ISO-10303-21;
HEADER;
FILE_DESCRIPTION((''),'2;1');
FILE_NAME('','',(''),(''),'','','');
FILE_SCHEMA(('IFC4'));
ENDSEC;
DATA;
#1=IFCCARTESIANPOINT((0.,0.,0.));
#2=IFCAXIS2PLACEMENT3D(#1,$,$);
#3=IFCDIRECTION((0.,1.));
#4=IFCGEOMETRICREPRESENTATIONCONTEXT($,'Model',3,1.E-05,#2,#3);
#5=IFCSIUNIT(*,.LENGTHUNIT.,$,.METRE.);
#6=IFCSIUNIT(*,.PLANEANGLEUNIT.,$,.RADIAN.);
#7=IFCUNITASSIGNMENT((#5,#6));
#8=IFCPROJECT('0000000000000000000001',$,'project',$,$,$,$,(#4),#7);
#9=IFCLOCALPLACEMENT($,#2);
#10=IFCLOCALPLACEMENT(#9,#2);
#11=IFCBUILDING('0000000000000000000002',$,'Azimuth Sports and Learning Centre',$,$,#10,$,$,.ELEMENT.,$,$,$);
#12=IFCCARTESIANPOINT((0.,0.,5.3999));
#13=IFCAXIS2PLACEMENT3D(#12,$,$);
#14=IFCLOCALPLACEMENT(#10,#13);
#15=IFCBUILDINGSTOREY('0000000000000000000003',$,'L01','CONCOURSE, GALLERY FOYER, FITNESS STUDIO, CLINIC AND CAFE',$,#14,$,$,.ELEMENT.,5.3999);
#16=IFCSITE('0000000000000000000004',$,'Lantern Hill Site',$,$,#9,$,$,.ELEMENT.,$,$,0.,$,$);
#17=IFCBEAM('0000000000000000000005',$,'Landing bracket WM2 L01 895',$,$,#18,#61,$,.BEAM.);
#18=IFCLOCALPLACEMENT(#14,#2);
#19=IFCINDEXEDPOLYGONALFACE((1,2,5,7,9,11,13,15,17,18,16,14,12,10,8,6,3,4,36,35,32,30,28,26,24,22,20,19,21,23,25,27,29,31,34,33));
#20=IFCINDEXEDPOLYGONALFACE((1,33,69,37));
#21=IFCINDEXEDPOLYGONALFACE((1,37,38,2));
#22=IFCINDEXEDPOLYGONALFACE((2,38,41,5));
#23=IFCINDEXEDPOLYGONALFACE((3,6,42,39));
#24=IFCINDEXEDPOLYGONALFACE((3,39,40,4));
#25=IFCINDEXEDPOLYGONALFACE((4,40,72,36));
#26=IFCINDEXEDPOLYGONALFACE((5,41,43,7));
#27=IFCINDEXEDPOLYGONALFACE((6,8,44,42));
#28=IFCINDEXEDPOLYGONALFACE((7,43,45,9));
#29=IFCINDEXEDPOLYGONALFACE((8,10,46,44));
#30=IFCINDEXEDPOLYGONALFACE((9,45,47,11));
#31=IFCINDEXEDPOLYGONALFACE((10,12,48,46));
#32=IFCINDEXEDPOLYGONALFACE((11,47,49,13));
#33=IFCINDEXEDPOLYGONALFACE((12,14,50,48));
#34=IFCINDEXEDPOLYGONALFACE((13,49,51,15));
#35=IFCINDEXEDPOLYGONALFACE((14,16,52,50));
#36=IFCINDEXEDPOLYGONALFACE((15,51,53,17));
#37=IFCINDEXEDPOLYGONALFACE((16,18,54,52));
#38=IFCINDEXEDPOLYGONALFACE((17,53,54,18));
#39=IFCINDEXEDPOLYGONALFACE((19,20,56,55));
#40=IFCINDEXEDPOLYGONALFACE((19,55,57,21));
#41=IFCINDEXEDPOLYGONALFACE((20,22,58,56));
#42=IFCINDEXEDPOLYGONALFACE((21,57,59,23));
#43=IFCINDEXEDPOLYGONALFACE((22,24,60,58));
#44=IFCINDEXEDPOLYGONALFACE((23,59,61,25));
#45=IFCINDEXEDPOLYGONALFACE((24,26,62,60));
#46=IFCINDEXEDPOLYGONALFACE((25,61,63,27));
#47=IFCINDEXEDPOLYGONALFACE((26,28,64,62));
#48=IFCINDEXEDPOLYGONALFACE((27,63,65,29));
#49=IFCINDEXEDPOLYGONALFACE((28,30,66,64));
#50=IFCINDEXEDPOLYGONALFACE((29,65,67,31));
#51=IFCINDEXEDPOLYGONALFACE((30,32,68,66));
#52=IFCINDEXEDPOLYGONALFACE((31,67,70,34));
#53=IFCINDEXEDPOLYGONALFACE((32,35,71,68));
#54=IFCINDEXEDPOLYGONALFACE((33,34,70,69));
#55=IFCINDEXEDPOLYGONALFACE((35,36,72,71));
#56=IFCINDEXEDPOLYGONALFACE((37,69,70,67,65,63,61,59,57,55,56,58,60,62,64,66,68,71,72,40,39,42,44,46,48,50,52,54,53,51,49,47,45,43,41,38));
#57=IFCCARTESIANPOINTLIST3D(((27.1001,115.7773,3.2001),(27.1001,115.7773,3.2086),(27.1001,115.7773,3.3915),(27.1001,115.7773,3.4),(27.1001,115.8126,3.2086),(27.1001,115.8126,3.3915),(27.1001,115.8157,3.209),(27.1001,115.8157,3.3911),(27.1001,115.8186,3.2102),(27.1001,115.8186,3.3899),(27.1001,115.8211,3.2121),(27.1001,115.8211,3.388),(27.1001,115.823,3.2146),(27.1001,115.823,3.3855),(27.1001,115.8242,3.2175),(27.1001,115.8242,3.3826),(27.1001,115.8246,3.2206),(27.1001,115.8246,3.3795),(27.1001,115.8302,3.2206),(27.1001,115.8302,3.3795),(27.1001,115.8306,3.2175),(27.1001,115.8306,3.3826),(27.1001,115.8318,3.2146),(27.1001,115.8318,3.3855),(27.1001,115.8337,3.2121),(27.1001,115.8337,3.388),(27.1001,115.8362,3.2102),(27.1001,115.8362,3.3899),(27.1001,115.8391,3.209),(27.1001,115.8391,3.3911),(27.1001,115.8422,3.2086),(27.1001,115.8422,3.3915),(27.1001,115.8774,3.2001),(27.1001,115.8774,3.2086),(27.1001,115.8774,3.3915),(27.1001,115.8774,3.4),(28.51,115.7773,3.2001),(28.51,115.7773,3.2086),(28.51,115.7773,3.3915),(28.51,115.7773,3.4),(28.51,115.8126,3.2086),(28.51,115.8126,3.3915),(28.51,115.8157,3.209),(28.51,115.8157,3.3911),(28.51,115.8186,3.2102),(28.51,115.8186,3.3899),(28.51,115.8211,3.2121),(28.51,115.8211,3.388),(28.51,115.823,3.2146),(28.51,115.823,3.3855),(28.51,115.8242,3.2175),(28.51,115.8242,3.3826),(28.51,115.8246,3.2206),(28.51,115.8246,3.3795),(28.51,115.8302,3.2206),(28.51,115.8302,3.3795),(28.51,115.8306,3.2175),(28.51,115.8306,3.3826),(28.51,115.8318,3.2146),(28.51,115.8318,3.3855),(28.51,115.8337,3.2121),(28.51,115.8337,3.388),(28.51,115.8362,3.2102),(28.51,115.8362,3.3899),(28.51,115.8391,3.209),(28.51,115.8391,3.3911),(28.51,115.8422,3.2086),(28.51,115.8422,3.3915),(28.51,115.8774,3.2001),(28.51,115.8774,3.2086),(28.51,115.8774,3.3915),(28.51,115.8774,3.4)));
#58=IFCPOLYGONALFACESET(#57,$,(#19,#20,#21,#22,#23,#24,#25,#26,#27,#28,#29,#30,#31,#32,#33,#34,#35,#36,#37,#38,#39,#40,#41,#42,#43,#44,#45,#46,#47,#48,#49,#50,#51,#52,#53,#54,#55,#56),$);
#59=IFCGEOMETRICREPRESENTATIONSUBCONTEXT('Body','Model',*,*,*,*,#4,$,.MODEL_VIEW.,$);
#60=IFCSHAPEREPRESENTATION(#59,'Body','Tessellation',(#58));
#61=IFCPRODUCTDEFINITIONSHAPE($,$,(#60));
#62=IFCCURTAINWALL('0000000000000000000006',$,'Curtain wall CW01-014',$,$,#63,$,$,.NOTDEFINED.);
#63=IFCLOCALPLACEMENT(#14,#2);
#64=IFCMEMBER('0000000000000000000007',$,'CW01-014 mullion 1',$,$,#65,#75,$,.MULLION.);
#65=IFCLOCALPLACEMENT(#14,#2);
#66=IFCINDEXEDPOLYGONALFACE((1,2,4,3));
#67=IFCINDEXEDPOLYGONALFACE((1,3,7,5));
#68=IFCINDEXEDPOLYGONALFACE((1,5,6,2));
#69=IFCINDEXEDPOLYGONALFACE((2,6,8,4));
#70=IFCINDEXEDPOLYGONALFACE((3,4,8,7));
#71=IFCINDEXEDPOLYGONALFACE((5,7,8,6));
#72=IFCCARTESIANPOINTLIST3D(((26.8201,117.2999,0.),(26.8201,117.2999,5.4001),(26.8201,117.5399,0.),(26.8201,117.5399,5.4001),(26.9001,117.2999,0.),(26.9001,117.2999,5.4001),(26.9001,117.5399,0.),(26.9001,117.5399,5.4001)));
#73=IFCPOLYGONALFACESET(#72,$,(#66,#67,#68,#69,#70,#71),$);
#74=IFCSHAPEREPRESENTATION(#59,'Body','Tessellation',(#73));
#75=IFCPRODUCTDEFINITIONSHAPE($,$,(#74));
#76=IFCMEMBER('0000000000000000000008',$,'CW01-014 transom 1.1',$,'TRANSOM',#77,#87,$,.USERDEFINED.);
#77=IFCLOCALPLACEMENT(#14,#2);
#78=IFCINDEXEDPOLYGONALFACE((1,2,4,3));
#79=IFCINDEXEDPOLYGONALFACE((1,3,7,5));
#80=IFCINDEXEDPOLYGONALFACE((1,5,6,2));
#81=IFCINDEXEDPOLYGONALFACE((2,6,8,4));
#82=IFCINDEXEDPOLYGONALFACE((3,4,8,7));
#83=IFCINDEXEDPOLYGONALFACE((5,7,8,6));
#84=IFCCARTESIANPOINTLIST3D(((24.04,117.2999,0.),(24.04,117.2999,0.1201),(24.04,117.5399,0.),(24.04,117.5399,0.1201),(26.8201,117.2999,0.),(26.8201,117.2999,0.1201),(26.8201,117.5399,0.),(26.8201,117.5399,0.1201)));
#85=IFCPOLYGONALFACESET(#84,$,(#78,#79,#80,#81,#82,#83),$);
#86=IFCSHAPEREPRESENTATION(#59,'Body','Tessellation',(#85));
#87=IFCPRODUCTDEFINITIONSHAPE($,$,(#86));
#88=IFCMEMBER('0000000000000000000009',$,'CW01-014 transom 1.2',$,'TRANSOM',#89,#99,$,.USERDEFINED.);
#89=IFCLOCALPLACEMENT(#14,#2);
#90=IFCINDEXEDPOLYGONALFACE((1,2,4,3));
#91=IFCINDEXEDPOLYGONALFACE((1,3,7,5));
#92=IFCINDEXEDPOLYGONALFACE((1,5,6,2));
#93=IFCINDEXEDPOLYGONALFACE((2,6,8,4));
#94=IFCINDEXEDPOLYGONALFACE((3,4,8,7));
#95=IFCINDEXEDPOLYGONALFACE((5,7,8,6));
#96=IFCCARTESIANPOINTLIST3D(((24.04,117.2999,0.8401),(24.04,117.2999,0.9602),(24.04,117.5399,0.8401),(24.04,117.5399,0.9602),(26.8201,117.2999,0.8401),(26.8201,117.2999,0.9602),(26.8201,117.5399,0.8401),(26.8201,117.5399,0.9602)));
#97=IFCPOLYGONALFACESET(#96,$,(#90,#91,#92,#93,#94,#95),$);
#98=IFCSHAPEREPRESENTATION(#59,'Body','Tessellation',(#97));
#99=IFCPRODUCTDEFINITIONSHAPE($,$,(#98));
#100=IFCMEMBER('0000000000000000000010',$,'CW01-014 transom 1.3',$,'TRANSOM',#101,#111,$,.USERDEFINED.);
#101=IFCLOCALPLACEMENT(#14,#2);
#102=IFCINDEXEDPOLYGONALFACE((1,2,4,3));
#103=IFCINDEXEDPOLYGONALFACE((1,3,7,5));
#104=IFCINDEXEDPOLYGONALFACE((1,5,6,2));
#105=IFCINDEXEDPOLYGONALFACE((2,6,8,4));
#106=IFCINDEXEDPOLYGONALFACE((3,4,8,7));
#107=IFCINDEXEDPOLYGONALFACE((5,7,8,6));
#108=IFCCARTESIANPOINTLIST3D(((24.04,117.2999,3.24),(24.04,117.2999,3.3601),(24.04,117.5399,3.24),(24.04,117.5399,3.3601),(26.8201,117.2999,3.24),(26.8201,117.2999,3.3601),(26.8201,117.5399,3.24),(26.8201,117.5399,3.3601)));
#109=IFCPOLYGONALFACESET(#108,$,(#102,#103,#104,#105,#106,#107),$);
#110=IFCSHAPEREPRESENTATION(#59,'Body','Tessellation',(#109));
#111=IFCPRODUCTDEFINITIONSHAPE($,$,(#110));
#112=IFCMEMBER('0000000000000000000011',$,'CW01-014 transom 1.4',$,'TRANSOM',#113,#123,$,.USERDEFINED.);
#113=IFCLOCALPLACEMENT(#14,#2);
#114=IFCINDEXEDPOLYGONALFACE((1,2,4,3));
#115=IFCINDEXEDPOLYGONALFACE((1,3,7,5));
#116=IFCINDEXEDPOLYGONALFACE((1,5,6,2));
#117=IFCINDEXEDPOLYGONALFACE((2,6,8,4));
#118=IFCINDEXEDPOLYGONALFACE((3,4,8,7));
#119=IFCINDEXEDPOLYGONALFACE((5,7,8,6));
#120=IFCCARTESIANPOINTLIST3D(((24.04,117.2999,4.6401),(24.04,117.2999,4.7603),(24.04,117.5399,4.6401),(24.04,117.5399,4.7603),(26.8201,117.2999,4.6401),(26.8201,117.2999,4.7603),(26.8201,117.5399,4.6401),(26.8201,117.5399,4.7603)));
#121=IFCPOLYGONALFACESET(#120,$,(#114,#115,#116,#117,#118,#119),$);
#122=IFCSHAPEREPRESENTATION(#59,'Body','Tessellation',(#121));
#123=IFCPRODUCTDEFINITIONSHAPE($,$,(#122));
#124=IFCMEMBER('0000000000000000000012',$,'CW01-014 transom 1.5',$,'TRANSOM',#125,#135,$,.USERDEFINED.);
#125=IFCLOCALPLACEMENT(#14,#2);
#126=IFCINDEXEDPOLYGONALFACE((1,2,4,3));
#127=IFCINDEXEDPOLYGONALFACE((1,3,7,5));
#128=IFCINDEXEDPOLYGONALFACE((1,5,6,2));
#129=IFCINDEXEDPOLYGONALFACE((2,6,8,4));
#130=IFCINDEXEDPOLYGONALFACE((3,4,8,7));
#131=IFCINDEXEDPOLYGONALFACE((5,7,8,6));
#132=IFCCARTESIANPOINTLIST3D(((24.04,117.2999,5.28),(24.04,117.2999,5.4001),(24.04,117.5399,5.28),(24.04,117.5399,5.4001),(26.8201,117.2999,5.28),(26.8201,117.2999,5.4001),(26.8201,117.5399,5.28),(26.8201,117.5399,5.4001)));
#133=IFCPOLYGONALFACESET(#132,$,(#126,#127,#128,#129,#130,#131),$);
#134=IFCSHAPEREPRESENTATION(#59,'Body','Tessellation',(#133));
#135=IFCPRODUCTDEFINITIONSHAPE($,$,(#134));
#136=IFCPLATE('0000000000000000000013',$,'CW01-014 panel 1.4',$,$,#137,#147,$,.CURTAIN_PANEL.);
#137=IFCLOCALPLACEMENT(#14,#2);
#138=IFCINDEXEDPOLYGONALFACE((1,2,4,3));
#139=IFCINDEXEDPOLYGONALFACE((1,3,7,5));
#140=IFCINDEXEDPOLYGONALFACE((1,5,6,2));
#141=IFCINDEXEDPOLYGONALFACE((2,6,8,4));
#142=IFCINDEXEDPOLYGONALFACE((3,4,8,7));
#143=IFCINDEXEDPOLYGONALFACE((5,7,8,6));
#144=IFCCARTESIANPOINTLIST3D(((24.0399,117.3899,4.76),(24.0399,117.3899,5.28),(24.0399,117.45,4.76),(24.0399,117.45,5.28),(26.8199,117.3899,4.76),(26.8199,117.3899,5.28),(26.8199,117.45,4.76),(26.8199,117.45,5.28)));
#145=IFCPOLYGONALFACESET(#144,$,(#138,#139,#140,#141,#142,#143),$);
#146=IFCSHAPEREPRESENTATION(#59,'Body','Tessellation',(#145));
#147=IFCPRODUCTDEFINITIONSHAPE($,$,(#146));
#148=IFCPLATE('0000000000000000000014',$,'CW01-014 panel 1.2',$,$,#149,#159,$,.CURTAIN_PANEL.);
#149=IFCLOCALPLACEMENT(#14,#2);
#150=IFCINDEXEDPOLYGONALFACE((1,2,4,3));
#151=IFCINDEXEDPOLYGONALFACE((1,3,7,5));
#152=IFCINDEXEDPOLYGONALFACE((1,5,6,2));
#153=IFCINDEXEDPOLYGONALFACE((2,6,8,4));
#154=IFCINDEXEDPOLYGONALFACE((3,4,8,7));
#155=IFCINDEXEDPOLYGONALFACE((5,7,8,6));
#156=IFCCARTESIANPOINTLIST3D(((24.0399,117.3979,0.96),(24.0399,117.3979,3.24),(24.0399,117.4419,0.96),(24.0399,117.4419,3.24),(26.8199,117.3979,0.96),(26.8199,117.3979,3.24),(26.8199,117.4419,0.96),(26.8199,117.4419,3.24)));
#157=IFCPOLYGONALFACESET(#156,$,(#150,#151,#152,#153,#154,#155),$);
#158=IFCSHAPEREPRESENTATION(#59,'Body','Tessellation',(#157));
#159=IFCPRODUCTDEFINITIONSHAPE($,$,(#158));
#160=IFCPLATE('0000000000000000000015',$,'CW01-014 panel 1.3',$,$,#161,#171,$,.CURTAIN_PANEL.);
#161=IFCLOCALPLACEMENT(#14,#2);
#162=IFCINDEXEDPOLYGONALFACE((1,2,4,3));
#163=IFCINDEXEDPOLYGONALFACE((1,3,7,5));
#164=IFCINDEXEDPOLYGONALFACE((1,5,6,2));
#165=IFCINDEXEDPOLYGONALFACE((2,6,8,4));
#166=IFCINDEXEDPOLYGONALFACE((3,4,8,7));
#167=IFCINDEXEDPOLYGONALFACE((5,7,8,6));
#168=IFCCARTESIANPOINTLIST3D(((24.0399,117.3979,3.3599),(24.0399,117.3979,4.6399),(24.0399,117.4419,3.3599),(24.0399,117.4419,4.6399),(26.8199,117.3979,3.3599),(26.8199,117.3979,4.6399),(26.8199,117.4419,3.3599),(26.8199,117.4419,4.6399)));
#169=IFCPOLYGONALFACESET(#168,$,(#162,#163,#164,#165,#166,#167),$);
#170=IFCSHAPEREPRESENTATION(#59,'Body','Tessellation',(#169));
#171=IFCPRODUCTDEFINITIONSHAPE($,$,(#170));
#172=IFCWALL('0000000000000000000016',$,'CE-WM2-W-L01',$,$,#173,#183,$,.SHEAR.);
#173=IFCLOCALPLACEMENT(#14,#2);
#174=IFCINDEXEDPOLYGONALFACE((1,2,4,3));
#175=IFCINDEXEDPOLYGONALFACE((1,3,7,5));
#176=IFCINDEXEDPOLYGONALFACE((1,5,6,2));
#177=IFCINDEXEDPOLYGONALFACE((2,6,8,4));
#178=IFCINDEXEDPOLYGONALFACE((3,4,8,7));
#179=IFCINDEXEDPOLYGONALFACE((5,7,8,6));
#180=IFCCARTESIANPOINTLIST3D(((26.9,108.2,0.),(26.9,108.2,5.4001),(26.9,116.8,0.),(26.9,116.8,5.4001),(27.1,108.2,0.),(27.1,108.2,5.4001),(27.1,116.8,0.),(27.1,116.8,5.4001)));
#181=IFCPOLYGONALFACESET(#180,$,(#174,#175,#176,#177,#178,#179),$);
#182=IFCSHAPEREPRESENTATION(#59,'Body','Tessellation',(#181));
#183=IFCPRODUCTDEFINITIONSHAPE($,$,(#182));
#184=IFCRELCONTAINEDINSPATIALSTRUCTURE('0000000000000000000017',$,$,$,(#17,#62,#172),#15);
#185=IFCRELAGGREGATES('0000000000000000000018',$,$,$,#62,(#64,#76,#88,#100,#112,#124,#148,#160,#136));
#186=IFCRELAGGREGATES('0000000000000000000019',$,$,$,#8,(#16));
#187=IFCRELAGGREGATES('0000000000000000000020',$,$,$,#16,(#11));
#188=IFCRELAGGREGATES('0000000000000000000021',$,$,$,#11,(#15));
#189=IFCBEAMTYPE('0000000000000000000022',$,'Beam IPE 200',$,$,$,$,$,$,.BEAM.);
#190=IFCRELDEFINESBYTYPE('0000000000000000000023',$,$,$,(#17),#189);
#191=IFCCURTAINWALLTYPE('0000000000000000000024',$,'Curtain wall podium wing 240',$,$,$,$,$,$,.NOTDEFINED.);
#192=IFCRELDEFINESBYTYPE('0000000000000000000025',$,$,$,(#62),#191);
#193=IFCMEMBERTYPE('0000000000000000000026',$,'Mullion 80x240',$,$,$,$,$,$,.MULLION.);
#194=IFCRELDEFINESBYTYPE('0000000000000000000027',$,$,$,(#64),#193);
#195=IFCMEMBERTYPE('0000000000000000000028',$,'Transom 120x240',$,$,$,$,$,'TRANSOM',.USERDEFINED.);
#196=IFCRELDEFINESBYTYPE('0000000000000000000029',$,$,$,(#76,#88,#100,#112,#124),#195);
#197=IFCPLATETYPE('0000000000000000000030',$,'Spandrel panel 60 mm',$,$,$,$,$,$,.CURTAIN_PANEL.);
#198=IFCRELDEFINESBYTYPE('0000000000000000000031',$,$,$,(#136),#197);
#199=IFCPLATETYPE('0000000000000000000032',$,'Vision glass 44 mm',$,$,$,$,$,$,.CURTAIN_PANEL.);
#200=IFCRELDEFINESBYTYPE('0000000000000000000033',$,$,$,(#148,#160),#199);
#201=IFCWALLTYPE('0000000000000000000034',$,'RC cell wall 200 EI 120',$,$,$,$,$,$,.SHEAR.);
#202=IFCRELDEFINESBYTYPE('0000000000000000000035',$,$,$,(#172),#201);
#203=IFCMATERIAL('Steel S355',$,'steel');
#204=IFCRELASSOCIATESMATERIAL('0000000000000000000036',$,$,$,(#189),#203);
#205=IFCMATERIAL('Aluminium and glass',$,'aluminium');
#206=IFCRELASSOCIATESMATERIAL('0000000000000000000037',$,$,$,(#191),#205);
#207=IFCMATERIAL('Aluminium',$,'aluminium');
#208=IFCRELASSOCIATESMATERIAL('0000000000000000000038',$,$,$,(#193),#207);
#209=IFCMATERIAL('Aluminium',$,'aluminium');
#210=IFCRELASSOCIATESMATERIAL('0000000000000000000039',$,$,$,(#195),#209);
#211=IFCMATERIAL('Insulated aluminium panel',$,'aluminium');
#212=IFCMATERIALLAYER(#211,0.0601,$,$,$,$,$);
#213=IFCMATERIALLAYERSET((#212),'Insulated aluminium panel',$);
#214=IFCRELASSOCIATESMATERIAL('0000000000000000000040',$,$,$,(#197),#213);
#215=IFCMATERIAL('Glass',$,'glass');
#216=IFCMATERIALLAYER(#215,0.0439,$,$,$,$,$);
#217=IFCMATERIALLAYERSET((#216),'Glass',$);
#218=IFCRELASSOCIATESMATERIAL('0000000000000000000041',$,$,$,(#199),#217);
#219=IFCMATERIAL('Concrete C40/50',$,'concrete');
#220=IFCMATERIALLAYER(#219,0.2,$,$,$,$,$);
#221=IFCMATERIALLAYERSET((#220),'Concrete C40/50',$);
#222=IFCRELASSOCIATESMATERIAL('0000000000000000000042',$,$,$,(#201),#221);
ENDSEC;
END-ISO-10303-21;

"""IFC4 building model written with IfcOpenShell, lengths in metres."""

from ifc_helpers import new_model, si_unit, direction, frame, frame_2d, origin, origin_2d, place, context, subcontext, project, spatial, rectangle, i_section, extrude, material, layer, layer_set, material_profile, profile_set, type_object, element, aggregate, save


model = new_model("IFC4")

# Units and contexts
model_context = context("Model", 3, precision=1e-05, world=origin(), true_north=direction((0.0, 1.0)))
body_context = subcontext(model_context, "Body", "Model", "MODEL_VIEW")
ifc_project = project(units=[si_unit("LENGTHUNIT", "METRE"), si_unit("PLANEANGLEUNIT", "RADIAN")], contexts=[model_context])

# Site, building, storey
site_placement = place(None, origin())
site = spatial("IfcSite", under=ifc_project, at=site_placement, Name="Lantern Hill Site", CompositionType="ELEMENT", RefElevation=0.0)
building_placement = place(site_placement, origin())
building = spatial("IfcBuilding", under=site, at=building_placement, Name="Azimuth Sports and Learning Centre", CompositionType="ELEMENT")
storey_placement = place(building_placement, frame((0.0, 0.0, 5.3999)))
storey = spatial("IfcBuildingStorey", under=building, at=storey_placement, Name="L01", Description="CONCOURSE, GALLERY FOYER, FITNESS STUDIO, CLINIC AND CAFE", CompositionType="ELEMENT", Elevation=5.3999)

# Beam
ifc_material_1 = material(Name="Steel S355", Category="steel")
ifc_material_profile_1 = material_profile(ifc_material_1, i_section(OverallWidth=0.1001, OverallDepth=0.2, WebThickness=0.0056, FlangeThickness=0.0085, FilletRadius=0.012, at=origin_2d()), Name="IPE 200")
ifc_profile_set_1 = profile_set([ifc_material_profile_1], Name="Steel S355")
beam_type = type_object("IfcBeamType", Name="Beam IPE 200", PredefinedType="BEAM", material=ifc_profile_set_1)
for number, where, z_axis, x_axis, name in (
    (1, (27.1001, 115.8274, 3.3), (1.0, 0.0, 0.0), (0.0, 1.0, 0.0), "Landing bracket WM2 L01 895"),
):
    element("IfcBeam", number, at=place(storey_placement, frame(where, z_axis=z_axis, x_axis=x_axis)), inside=storey, type_object=beam_type, Name=name, PredefinedType="BEAM", context=body_context, shape_type="SweptSolid", body=[
        extrude(i_section(OverallWidth=0.1001, OverallDepth=0.2, WebThickness=0.0056, FlangeThickness=0.0085, FilletRadius=0.012, at=origin_2d()), origin(), (0.0, 0.0, 1.0), 1.4099),
    ])

# Curtain wall, members, plates
ifc_material_2 = material(Name="Aluminium and glass", Category="aluminium")
curtain_wall_type = type_object("IfcCurtainWallType", Name="Curtain wall podium wing 240", PredefinedType="NOTDEFINED", material=ifc_material_2)
curtain_wall_placement = place(storey_placement, origin())
curtain_wall = element("IfcCurtainWall", 2, at=curtain_wall_placement, inside=storey, type_object=curtain_wall_type, Name="Curtain wall CW01-014", PredefinedType="NOTDEFINED")
ifc_material_3 = material(Name="Aluminium", Category="aluminium")
ifc_material_profile_2 = material_profile(ifc_material_3, rectangle(XDim=0.24, YDim=0.0801, at=origin_2d()), Name="Mullion 80x240")
ifc_profile_set_2 = profile_set([ifc_material_profile_2], Name="Aluminium")
member_type_1 = type_object("IfcMemberType", Name="Mullion 80x240", PredefinedType="MULLION", material=ifc_profile_set_2)
member_1_placement = place(storey_placement, frame((26.8601, 117.4199, 0.0), z_axis=(0.0, 0.0, 1.0), x_axis=(0.0, -1.0, 0.0)))
member_1 = element("IfcMember", 3, at=member_1_placement, type_object=member_type_1, Name="CW01-014 mullion 1", PredefinedType="MULLION", context=body_context, shape_type="SweptSolid", body=[
    extrude(rectangle(XDim=0.24, YDim=0.0801, at=origin_2d()), origin(), (0.0, 0.0, 1.0), 5.4001),
])
ifc_material_4 = material(Name="Aluminium", Category="aluminium")
ifc_material_profile_3 = material_profile(ifc_material_4, rectangle(XDim=0.24, YDim=0.1201, at=origin_2d()), Name="Transom 120x240")
ifc_profile_set_3 = profile_set([ifc_material_profile_3], Name="Aluminium")
member_type_2 = type_object("IfcMemberType", Name="Transom 120x240", ElementType="TRANSOM", PredefinedType="USERDEFINED", material=ifc_profile_set_3)
member_2_placement = place(storey_placement, frame((26.8201, 117.4199, 0.0601), z_axis=(-1.0, 0.0, 0.0), x_axis=(0.0, -1.0, 0.0)))
member_2 = element("IfcMember", 4, at=member_2_placement, type_object=member_type_2, Name="CW01-014 transom 1.1", ObjectType="TRANSOM", PredefinedType="USERDEFINED", context=body_context, shape_type="SweptSolid", body=[
    extrude(rectangle(XDim=0.24, YDim=0.1201, at=origin_2d()), origin(), (0.0, 0.0, 1.0), 2.78),
])
member_3_placement = place(storey_placement, frame((26.8201, 117.4199, 0.9001), z_axis=(-1.0, 0.0, 0.0), x_axis=(0.0, -1.0, 0.0)))
member_3 = element("IfcMember", 5, at=member_3_placement, type_object=member_type_2, Name="CW01-014 transom 1.2", ObjectType="TRANSOM", PredefinedType="USERDEFINED", context=body_context, shape_type="SweptSolid", body=[
    extrude(rectangle(XDim=0.24, YDim=0.1201, at=origin_2d()), origin(), (0.0, 0.0, 1.0), 2.78),
])
member_4_placement = place(storey_placement, frame((26.8201, 117.4199, 3.3), z_axis=(-1.0, 0.0, 0.0), x_axis=(0.0, -1.0, 0.0)))
member_4 = element("IfcMember", 6, at=member_4_placement, type_object=member_type_2, Name="CW01-014 transom 1.3", ObjectType="TRANSOM", PredefinedType="USERDEFINED", context=body_context, shape_type="SweptSolid", body=[
    extrude(rectangle(XDim=0.24, YDim=0.1201, at=origin_2d()), origin(), (0.0, 0.0, 1.0), 2.78),
])
member_5_placement = place(storey_placement, frame((26.8201, 117.4199, 4.7002), z_axis=(-1.0, 0.0, 0.0), x_axis=(0.0, -1.0, 0.0)))
member_5 = element("IfcMember", 7, at=member_5_placement, type_object=member_type_2, Name="CW01-014 transom 1.4", ObjectType="TRANSOM", PredefinedType="USERDEFINED", context=body_context, shape_type="SweptSolid", body=[
    extrude(rectangle(XDim=0.24, YDim=0.1201, at=origin_2d()), origin(), (0.0, 0.0, 1.0), 2.78),
])
member_6_placement = place(storey_placement, frame((26.8201, 117.4199, 5.3401), z_axis=(-1.0, 0.0, 0.0), x_axis=(0.0, -1.0, 0.0)))
member_6 = element("IfcMember", 8, at=member_6_placement, type_object=member_type_2, Name="CW01-014 transom 1.5", ObjectType="TRANSOM", PredefinedType="USERDEFINED", context=body_context, shape_type="SweptSolid", body=[
    extrude(rectangle(XDim=0.24, YDim=0.1201, at=origin_2d()), origin(), (0.0, 0.0, 1.0), 2.78),
])
ifc_material_5 = material(Name="Insulated aluminium panel", Category="aluminium")
ifc_layer_1 = layer(ifc_material_5, 0.0601)
ifc_layer_set_1 = layer_set([ifc_layer_1], Name="Insulated aluminium panel")
plate_type_1 = type_object("IfcPlateType", Name="Spandrel panel 60 mm", PredefinedType="CURTAIN_PANEL", material=ifc_layer_set_1)
plate_1_placement = place(storey_placement, frame((25.4299, 117.4199, 4.76), z_axis=(0.0, 0.0, 1.0), x_axis=(-1.0, 0.0, 0.0)))
plate_1 = element("IfcPlate", 9, at=plate_1_placement, type_object=plate_type_1, Name="CW01-014 panel 1.4", PredefinedType="CURTAIN_PANEL", context=body_context, shape_type="SweptSolid", body=[
    extrude(rectangle(XDim=2.78, YDim=0.0601, at=origin_2d()), origin(), (0.0, 0.0, 1.0), 0.52),
])
ifc_material_6 = material(Name="Glass", Category="glass")
ifc_layer_2 = layer(ifc_material_6, 0.0439)
ifc_layer_set_2 = layer_set([ifc_layer_2], Name="Glass")
plate_type_2 = type_object("IfcPlateType", Name="Vision glass 44 mm", PredefinedType="CURTAIN_PANEL", material=ifc_layer_set_2)
plate_2_placement = place(storey_placement, frame((25.4299, 117.4199, 0.96), z_axis=(0.0, 0.0, 1.0), x_axis=(-1.0, 0.0, 0.0)))
plate_2 = element("IfcPlate", 10, at=plate_2_placement, type_object=plate_type_2, Name="CW01-014 panel 1.2", PredefinedType="CURTAIN_PANEL", context=body_context, shape_type="SweptSolid", body=[
    extrude(rectangle(XDim=2.78, YDim=0.0439, at=origin_2d()), origin(), (0.0, 0.0, 1.0), 2.28),
])
plate_3_placement = place(storey_placement, frame((25.4299, 117.4199, 3.3599), z_axis=(0.0, 0.0, 1.0), x_axis=(-1.0, 0.0, 0.0)))
plate_3 = element("IfcPlate", 11, at=plate_3_placement, type_object=plate_type_2, Name="CW01-014 panel 1.3", PredefinedType="CURTAIN_PANEL", context=body_context, shape_type="SweptSolid", body=[
    extrude(rectangle(XDim=2.78, YDim=0.0439, at=origin_2d()), origin(), (0.0, 0.0, 1.0), 1.28),
])
aggregate(curtain_wall, [member_1, member_2, member_3, member_4, member_5, member_6, plate_2, plate_3, plate_1])

# Wall
ifc_material_7 = material(Name="Concrete C40/50", Category="concrete")
ifc_layer_3 = layer(ifc_material_7, 0.2)
ifc_layer_set_3 = layer_set([ifc_layer_3], Name="Concrete C40/50")
wall_type_1 = type_object("IfcWallType", Name="RC cell wall 200 EI 120", PredefinedType="SHEAR", material=ifc_layer_set_3)
wall_1_placement = place(storey_placement, frame((27.0, 108.2, 0.0), z_axis=(0.0, 0.0, 1.0), x_axis=(0.0, 1.0, 0.0)))
element("IfcWall", 12, at=wall_1_placement, inside=storey, type_object=wall_type_1, Name="CE-WM2-W-L01", PredefinedType="SHEAR", context=body_context, shape_type="SweptSolid", body=[
    extrude(rectangle(XDim=8.6001, YDim=0.2, at=frame_2d((4.3, 0.0))), origin(), (0.0, 0.0, 1.0), 5.4001),
])

save(model, "model.ifc")
